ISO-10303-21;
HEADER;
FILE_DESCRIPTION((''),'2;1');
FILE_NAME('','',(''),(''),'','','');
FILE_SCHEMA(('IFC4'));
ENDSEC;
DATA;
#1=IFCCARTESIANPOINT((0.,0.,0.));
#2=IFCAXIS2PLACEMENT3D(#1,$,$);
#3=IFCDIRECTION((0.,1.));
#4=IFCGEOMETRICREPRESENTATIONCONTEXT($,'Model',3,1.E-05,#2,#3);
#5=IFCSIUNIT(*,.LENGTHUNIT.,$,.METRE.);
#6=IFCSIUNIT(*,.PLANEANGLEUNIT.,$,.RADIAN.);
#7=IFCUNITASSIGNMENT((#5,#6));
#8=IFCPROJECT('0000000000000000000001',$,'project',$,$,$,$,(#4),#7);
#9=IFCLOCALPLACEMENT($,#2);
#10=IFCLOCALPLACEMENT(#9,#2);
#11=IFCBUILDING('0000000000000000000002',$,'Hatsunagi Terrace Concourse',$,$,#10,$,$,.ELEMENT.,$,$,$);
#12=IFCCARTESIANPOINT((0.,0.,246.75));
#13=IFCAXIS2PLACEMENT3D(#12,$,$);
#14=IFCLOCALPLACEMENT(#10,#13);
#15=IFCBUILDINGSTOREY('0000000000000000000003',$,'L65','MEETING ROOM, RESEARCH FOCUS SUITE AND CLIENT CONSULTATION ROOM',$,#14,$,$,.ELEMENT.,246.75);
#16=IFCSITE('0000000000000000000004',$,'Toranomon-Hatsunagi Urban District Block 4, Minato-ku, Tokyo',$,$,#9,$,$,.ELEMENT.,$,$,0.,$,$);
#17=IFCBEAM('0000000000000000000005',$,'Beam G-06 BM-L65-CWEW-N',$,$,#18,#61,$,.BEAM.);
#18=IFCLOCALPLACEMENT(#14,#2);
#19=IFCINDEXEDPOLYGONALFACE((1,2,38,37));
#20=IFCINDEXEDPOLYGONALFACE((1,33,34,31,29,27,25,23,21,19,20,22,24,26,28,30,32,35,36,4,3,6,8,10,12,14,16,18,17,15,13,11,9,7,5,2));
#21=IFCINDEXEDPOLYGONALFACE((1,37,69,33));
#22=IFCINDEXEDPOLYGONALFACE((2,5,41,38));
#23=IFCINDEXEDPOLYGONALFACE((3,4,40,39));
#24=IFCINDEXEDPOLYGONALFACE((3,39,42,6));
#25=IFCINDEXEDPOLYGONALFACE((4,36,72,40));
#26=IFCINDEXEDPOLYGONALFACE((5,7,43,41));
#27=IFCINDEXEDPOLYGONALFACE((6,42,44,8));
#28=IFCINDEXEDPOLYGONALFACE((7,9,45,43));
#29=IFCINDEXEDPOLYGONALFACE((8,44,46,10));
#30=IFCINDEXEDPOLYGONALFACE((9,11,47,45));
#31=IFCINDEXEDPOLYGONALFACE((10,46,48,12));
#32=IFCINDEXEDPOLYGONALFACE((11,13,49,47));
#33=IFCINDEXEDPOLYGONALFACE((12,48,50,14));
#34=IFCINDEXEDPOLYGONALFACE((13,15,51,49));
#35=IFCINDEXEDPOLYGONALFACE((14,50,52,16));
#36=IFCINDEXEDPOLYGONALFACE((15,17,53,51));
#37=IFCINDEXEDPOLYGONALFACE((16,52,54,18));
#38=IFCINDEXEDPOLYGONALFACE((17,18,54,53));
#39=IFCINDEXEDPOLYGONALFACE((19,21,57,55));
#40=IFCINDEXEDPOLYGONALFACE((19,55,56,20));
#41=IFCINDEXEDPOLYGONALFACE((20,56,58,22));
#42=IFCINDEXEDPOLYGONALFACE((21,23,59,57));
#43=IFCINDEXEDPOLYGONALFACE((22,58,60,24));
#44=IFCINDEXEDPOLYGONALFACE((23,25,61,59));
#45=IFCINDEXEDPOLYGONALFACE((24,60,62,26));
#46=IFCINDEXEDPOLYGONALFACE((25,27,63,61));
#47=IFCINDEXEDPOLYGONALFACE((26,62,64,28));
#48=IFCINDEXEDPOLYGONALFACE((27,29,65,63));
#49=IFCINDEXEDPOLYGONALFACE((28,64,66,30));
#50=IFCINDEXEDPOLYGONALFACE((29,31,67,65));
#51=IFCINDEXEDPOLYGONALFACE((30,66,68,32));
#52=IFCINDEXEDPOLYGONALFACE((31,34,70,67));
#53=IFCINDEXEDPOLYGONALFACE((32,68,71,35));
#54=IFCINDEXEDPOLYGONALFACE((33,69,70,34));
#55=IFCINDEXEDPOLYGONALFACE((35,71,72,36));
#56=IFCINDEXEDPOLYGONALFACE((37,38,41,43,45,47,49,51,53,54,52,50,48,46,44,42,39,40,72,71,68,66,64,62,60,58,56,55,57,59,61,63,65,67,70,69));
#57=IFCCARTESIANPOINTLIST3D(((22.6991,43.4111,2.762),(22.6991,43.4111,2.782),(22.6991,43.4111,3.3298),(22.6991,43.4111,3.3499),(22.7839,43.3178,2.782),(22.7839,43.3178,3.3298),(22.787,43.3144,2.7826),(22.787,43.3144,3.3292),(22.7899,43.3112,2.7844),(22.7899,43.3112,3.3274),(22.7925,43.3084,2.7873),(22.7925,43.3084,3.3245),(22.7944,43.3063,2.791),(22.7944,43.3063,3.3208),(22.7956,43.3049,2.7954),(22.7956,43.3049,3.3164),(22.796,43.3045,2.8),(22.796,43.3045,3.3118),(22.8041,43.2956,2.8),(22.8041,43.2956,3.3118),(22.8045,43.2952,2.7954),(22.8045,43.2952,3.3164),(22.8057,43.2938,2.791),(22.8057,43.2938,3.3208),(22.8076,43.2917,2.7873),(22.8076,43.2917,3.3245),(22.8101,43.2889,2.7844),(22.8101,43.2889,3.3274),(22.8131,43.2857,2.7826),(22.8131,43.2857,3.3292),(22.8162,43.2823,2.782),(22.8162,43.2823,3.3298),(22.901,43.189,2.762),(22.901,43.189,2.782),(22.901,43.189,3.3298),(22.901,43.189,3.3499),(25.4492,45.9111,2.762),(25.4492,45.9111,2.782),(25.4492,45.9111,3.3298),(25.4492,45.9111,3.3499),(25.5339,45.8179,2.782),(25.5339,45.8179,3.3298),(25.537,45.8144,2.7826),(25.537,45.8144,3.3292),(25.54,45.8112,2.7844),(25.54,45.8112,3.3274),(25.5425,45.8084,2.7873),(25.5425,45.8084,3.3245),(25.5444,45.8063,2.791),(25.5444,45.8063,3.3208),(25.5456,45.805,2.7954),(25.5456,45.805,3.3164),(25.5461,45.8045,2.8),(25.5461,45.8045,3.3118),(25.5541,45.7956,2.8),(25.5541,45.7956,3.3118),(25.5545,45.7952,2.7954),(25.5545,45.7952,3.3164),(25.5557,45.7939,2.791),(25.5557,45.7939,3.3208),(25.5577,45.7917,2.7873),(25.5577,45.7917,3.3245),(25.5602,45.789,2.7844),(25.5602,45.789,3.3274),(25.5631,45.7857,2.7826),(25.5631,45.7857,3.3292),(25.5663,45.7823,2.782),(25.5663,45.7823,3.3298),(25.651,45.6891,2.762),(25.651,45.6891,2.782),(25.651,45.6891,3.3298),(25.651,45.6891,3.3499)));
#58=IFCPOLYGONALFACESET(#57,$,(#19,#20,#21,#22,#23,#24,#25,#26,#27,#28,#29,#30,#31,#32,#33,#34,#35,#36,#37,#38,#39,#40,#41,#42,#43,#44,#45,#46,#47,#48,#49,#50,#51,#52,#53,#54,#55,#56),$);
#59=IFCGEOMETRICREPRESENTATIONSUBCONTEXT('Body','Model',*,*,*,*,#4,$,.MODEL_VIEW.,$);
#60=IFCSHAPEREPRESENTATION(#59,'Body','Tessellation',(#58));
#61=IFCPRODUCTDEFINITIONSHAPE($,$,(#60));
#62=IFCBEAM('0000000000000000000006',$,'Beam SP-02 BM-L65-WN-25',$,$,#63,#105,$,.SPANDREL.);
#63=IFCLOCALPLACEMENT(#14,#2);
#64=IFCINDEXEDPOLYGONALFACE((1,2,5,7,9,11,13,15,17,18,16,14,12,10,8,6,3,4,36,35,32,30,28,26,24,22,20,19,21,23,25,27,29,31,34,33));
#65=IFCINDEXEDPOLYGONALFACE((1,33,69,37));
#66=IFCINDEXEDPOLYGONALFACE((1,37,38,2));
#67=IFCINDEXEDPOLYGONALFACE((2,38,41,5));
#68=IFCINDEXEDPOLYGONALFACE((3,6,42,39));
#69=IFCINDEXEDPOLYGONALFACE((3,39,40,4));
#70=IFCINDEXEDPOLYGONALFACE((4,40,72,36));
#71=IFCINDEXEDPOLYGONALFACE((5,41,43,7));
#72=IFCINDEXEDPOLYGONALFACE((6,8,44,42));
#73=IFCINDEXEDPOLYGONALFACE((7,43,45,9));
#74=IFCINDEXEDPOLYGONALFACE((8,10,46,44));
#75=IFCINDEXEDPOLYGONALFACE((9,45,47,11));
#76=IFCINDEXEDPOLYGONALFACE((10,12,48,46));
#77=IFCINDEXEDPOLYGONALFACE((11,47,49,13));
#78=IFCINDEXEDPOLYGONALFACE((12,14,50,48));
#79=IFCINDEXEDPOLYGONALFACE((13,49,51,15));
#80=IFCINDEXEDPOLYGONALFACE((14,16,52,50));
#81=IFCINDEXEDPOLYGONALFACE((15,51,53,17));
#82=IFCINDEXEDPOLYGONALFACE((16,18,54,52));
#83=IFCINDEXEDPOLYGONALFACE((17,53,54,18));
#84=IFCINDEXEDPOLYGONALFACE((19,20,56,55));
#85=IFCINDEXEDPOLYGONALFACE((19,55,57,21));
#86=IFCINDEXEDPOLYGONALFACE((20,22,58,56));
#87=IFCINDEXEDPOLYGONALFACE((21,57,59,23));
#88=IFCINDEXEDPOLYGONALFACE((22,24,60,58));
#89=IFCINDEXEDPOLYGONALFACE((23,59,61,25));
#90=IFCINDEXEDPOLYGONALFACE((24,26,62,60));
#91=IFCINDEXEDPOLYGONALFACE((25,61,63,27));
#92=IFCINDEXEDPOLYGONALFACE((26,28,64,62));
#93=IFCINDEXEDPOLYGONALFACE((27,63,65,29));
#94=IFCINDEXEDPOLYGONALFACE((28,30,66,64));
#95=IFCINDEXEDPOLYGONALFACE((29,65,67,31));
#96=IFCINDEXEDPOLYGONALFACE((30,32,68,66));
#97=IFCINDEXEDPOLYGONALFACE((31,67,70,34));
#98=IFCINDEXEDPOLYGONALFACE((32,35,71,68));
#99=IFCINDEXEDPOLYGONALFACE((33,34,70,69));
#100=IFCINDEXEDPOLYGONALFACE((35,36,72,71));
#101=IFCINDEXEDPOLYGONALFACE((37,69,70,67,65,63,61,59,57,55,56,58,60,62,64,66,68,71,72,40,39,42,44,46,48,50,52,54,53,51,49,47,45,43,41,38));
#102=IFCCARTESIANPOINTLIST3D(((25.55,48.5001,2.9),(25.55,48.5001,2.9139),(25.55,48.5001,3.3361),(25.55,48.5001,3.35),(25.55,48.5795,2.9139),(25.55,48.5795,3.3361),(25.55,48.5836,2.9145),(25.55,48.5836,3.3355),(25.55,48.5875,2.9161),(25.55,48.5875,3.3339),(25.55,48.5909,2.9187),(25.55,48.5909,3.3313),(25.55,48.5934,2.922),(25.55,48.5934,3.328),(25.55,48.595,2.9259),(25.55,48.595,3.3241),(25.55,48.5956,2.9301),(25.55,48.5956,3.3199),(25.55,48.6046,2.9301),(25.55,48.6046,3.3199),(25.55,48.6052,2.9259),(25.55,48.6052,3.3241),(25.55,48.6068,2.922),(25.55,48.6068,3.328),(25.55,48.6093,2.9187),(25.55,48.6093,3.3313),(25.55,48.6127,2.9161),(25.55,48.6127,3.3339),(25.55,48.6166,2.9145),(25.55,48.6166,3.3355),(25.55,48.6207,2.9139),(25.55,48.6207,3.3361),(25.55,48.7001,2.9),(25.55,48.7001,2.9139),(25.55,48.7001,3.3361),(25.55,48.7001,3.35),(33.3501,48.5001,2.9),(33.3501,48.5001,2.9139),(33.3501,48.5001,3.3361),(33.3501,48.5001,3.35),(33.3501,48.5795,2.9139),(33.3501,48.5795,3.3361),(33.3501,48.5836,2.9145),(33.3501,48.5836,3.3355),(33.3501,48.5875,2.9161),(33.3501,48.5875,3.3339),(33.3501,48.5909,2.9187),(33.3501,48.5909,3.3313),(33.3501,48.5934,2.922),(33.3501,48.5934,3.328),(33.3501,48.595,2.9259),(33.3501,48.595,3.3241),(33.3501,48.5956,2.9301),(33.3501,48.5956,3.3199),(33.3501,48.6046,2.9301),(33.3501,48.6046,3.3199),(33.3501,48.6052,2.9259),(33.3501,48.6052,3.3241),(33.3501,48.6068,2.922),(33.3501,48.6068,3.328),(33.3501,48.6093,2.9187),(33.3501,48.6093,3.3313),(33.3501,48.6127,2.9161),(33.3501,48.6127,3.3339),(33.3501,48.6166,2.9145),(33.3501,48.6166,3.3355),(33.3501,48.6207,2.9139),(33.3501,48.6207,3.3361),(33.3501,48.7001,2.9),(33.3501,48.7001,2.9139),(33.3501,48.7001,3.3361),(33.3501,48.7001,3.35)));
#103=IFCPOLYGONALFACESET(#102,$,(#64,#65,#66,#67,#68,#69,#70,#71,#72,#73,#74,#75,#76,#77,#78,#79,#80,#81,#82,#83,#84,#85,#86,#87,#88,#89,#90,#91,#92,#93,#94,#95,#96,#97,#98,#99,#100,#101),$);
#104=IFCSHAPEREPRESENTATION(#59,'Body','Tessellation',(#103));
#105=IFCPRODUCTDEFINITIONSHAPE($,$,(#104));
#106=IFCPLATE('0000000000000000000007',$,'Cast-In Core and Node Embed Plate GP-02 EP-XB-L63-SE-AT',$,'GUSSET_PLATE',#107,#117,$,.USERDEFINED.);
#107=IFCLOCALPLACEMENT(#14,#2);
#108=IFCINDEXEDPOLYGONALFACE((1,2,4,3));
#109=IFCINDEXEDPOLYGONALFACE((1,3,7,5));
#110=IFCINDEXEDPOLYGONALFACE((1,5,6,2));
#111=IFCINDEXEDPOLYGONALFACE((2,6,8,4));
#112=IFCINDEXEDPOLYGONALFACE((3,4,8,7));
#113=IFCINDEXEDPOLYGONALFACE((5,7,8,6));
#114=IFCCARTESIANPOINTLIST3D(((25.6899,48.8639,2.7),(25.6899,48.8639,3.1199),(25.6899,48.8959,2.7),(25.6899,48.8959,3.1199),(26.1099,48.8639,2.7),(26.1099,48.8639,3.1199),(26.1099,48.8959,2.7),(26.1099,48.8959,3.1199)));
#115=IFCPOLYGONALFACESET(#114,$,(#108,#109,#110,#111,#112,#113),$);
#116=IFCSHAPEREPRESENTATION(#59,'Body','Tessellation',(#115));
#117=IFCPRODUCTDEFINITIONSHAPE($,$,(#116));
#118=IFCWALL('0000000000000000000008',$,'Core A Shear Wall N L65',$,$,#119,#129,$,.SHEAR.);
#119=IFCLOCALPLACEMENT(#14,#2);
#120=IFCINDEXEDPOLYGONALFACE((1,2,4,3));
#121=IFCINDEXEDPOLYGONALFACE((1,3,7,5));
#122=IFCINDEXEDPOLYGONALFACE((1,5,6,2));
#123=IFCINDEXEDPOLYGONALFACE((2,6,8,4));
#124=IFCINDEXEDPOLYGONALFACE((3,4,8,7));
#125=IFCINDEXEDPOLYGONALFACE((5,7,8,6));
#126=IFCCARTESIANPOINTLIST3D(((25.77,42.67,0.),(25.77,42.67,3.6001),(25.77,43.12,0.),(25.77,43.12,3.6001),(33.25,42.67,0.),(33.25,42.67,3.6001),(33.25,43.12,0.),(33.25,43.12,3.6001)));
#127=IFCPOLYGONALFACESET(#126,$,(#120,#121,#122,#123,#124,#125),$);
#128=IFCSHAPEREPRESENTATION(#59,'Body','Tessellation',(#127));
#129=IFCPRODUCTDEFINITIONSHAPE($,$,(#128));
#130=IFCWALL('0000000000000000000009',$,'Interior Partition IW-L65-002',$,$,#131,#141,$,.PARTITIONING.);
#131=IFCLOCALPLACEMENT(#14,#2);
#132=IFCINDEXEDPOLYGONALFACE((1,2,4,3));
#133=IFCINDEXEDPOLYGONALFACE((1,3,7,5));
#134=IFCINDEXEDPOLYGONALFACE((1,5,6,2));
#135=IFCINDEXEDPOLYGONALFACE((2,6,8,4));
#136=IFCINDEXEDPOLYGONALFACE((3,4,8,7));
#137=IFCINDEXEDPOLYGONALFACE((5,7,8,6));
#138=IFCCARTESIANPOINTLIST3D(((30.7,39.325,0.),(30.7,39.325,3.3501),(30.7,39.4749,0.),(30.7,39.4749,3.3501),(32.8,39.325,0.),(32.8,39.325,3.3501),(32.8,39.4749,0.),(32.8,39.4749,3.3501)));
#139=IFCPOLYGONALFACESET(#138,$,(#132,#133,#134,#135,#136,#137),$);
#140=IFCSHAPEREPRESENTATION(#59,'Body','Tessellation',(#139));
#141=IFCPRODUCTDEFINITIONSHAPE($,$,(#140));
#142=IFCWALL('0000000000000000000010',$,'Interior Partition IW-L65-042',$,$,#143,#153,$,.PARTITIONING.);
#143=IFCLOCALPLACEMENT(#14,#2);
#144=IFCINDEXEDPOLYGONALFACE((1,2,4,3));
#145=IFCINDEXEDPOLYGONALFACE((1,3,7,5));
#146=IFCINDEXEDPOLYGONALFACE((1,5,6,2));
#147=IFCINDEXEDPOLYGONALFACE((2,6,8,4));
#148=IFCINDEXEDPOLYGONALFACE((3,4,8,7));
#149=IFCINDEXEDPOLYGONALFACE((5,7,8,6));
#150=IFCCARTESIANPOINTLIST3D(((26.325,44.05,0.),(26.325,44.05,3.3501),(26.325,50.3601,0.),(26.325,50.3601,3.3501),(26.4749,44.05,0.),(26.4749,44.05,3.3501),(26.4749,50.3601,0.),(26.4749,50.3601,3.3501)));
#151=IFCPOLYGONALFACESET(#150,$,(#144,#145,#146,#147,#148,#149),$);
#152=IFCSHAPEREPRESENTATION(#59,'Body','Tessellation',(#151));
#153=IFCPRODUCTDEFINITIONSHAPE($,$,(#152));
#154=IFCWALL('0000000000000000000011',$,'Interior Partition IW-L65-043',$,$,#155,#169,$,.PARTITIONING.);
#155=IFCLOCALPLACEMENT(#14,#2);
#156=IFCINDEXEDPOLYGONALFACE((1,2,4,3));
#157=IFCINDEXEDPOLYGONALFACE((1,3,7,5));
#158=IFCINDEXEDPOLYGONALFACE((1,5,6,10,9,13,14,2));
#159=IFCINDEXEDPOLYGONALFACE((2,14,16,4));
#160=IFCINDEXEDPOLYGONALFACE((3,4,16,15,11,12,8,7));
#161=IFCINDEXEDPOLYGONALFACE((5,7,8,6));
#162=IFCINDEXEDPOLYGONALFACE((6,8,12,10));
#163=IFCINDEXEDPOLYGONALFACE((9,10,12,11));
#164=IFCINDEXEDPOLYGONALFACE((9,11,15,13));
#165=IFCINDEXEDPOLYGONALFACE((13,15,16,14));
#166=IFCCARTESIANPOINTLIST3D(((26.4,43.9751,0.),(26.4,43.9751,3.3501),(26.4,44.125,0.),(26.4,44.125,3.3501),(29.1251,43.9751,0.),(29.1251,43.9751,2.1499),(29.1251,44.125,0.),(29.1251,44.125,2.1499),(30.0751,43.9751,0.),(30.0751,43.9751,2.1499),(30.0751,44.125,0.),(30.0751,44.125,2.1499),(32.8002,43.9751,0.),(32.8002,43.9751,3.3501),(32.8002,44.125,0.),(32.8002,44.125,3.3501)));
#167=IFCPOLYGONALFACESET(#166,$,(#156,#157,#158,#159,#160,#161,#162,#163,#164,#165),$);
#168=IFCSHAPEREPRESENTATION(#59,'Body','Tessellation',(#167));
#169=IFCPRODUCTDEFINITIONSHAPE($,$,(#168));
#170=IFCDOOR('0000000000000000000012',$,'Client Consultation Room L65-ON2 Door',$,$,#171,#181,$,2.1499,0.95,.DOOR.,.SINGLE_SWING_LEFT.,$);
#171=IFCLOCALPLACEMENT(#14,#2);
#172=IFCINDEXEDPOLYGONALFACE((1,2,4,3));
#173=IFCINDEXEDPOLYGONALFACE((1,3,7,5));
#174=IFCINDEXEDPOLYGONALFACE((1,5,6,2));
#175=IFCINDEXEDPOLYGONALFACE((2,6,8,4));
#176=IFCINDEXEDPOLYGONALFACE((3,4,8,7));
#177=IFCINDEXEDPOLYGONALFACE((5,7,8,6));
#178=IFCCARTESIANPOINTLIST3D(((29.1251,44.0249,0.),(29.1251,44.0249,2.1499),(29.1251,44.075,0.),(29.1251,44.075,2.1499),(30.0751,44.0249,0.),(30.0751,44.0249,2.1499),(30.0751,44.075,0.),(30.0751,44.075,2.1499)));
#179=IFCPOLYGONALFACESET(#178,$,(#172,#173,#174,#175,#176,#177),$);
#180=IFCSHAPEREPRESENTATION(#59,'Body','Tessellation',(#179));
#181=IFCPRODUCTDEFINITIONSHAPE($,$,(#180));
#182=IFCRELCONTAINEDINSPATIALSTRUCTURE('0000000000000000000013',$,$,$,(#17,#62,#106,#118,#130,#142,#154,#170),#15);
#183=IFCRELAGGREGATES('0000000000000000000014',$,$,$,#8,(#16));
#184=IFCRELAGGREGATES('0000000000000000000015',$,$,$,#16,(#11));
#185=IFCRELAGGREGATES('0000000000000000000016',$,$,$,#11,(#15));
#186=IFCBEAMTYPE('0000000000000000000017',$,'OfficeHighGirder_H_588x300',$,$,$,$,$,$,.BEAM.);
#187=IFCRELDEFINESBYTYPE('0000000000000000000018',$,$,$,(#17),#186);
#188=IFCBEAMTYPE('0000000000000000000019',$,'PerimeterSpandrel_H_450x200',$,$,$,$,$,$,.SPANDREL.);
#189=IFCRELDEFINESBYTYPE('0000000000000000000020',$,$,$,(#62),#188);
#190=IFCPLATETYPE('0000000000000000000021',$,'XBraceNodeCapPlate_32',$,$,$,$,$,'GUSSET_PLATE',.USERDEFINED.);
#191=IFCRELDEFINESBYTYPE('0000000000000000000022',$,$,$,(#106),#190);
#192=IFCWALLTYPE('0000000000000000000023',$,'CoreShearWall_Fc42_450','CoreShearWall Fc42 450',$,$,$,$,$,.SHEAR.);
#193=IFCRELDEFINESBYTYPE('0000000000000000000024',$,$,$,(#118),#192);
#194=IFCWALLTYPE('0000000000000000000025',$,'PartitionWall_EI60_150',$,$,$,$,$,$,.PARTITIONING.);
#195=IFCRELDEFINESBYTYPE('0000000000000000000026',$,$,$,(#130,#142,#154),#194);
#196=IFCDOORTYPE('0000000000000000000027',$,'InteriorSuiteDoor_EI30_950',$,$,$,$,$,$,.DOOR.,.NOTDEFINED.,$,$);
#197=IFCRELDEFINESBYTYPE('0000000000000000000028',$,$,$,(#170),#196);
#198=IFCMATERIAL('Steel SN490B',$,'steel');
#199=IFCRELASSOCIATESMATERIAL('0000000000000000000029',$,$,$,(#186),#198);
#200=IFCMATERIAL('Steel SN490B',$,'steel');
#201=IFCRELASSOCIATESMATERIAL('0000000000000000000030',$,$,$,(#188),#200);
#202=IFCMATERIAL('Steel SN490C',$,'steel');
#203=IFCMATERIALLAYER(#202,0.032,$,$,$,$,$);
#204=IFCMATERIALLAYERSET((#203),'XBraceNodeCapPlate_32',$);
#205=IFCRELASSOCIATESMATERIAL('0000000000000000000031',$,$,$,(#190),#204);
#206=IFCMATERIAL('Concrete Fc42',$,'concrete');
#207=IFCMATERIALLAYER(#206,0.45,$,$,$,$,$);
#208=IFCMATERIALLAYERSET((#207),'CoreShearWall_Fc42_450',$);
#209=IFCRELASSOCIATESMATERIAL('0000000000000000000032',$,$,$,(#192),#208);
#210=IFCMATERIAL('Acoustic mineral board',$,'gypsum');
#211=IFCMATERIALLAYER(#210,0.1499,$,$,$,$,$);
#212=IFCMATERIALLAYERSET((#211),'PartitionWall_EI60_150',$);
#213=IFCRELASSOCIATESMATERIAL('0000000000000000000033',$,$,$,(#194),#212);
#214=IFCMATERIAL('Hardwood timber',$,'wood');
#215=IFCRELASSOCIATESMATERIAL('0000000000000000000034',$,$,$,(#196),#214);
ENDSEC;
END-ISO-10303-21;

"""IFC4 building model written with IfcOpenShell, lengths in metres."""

from ifc_helpers import new_model, si_unit, direction, frame, frame_2d, origin, origin_2d, place, context, subcontext, project, spatial, rectangle, i_section, extrude, material, layer, layer_set, material_profile, profile_set, type_object, element, fill, save


model = new_model("IFC4")

# Units and contexts
model_context = context("Model", 3, precision=1e-05, world=origin(), true_north=direction((0.0, 1.0)))
body_context = subcontext(model_context, "Body", "Model", "MODEL_VIEW")
ifc_project = project(units=[si_unit("LENGTHUNIT", "METRE"), si_unit("PLANEANGLEUNIT", "RADIAN")], contexts=[model_context])

# Site, building, storey
site_placement = place(None, origin())
site = spatial("IfcSite", under=ifc_project, at=site_placement, Name="Toranomon-Hatsunagi Urban District Block 4, Minato-ku, Tokyo", CompositionType="ELEMENT", RefElevation=0.0)
building_placement = place(site_placement, origin())
building = spatial("IfcBuilding", under=site, at=building_placement, Name="Hatsunagi Terrace Concourse", CompositionType="ELEMENT")
storey_placement = place(building_placement, frame((0.0, 0.0, 246.75)))
storey = spatial("IfcBuildingStorey", under=building, at=storey_placement, Name="L65", Description="MEETING ROOM, RESEARCH FOCUS SUITE AND CLIENT CONSULTATION ROOM", CompositionType="ELEMENT", Elevation=246.75)

# Beams
ifc_material_1 = material(Name="Steel SN490B", Category="steel")
ifc_material_profile_1 = material_profile(ifc_material_1, i_section(OverallWidth=0.3, OverallDepth=0.5879, WebThickness=0.012, FlangeThickness=0.02, FilletRadius=0.0181, at=origin_2d()), Name="H-588x300x12x20")
ifc_profile_set_1 = profile_set([ifc_material_profile_1], Name="Steel SN490B")
beam_type_1 = type_object("IfcBeamType", Name="OfficeHighGirder_H_588x300", PredefinedType="BEAM", material=ifc_profile_set_1)
beam_1_placement = place(storey_placement, frame((22.8, 43.3, 3.0559), z_axis=(0.73994, 0.672673, 0.0), x_axis=(-0.672673, 0.73994, 0.0)))
element("IfcBeam", 1, at=beam_1_placement, inside=storey, type_object=beam_type_1, Name="Beam G-06 BM-L65-CWEW-N", PredefinedType="BEAM", context=body_context, shape_type="SweptSolid", body=[
    extrude(i_section(OverallWidth=0.3, OverallDepth=0.5879, WebThickness=0.012, FlangeThickness=0.02, FilletRadius=0.0181, at=origin_2d()), origin(), (0.0, 0.0, 1.0), 3.7166),
])
ifc_material_2 = material(Name="Steel SN490B", Category="steel")
ifc_material_profile_2 = material_profile(ifc_material_2, i_section(OverallWidth=0.2, OverallDepth=0.45, WebThickness=0.009, FlangeThickness=0.0139, FilletRadius=0.0161, at=origin_2d()), Name="H-450x200x9x14")
ifc_profile_set_2 = profile_set([ifc_material_profile_2], Name="Steel SN490B")
beam_type_2 = type_object("IfcBeamType", Name="PerimeterSpandrel_H_450x200", PredefinedType="SPANDREL", material=ifc_profile_set_2)
beam_2_placement = place(storey_placement, frame((25.55, 48.6001, 3.125), z_axis=(1.0, 0.0, 0.0), x_axis=(0.0, 1.0, 0.0)))
element("IfcBeam", 2, at=beam_2_placement, inside=storey, type_object=beam_type_2, Name="Beam SP-02 BM-L65-WN-25", PredefinedType="SPANDREL", context=body_context, shape_type="SweptSolid", body=[
    extrude(i_section(OverallWidth=0.2, OverallDepth=0.45, WebThickness=0.009, FlangeThickness=0.0139, FilletRadius=0.0161, at=origin_2d()), origin(), (0.0, 0.0, 1.0), 7.8),
])

# Plate
ifc_material_3 = material(Name="Steel SN490C", Category="steel")
ifc_layer_1 = layer(ifc_material_3, 0.032)
ifc_layer_set_1 = layer_set([ifc_layer_1], Name="XBraceNodeCapPlate_32")
plate_type = type_object("IfcPlateType", Name="XBraceNodeCapPlate_32", ElementType="GUSSET_PLATE", PredefinedType="USERDEFINED", material=ifc_layer_set_1)
plate_placement = place(storey_placement, frame((25.8999, 48.8799, 2.7), z_axis=(0.0, 0.0, 1.0), x_axis=(1.0, 0.0, 0.0)))
element("IfcPlate", 3, at=plate_placement, inside=storey, type_object=plate_type, Name="Cast-In Core and Node Embed Plate GP-02 EP-XB-L63-SE-AT", ObjectType="GUSSET_PLATE", PredefinedType="USERDEFINED", context=body_context, shape_type="SweptSolid", body=[
    extrude(rectangle(XDim=0.4199, YDim=0.032, at=origin_2d()), origin(), (0.0, 0.0, 1.0), 0.4199),
])

# Walls
ifc_material_4 = material(Name="Concrete Fc42", Category="concrete")
ifc_layer_2 = layer(ifc_material_4, 0.45)
ifc_layer_set_2 = layer_set([ifc_layer_2], Name="CoreShearWall_Fc42_450")
wall_type_1 = type_object("IfcWallType", Name="CoreShearWall_Fc42_450", Description="CoreShearWall Fc42 450", PredefinedType="SHEAR", material=ifc_layer_set_2)
wall_1_placement = place(storey_placement, frame((25.77, 42.895, 0.0), z_axis=(0.0, 0.0, 1.0), x_axis=(1.0, 0.0, 0.0)))
element("IfcWall", 4, at=wall_1_placement, inside=storey, type_object=wall_type_1, Name="Core A Shear Wall N L65", PredefinedType="SHEAR", context=body_context, shape_type="SweptSolid", body=[
    extrude(rectangle(XDim=7.48, YDim=0.45, at=frame_2d((3.74, 0.0))), origin(), (0.0, 0.0, 1.0), 3.6001),
])
ifc_material_5 = material(Name="Acoustic mineral board", Category="gypsum")
ifc_layer_3 = layer(ifc_material_5, 0.1499)
ifc_layer_set_3 = layer_set([ifc_layer_3], Name="PartitionWall_EI60_150")
wall_type_2 = type_object("IfcWallType", Name="PartitionWall_EI60_150", PredefinedType="PARTITIONING", material=ifc_layer_set_3)
wall_2_placement = place(storey_placement, frame((30.7, 39.3999, 0.0), z_axis=(0.0, 0.0, 1.0), x_axis=(1.0, 0.0, 0.0)))
element("IfcWall", 5, at=wall_2_placement, inside=storey, type_object=wall_type_2, Name="Interior Partition IW-L65-002", PredefinedType="PARTITIONING", context=body_context, shape_type="SweptSolid", body=[
    extrude(rectangle(XDim=2.1001, YDim=0.1499, at=frame_2d((1.05, 0.0))), origin(), (0.0, 0.0, 1.0), 3.3501),
])
wall_3_placement = place(storey_placement, frame((26.3999, 44.05, 0.0), z_axis=(0.0, 0.0, 1.0), x_axis=(0.0, 1.0, 0.0)))
element("IfcWall", 6, at=wall_3_placement, inside=storey, type_object=wall_type_2, Name="Interior Partition IW-L65-042", PredefinedType="PARTITIONING", context=body_context, shape_type="SweptSolid", body=[
    extrude(rectangle(XDim=6.3101, YDim=0.1499, at=frame_2d((3.155, 0.0))), origin(), (0.0, 0.0, 1.0), 3.3501),
])

# Wall, opening, door
wall_4_placement = place(storey_placement, frame((26.3999, 44.05, 0.0), z_axis=(0.0, 0.0, 1.0), x_axis=(1.0, 0.0, 0.0)))
wall_4 = element("IfcWall", 7, at=wall_4_placement, inside=storey, type_object=wall_type_2, Name="Interior Partition IW-L65-043", PredefinedType="PARTITIONING", context=body_context, shape_type="SweptSolid", body=[
    extrude(rectangle(XDim=6.4001, YDim=0.1499, at=frame_2d((3.2002, 0.0))), origin(), (0.0, 0.0, 1.0), 3.3501),
])
opening_placement = place(wall_4_placement, frame((2.7251, 0.0, 0.0)))
opening = element("IfcOpeningElement", 8, at=opening_placement, cuts=wall_4, PredefinedType="OPENING", context=body_context, shape_type="SweptSolid", body=[
    extrude(rectangle(XDim=0.95, YDim=2.1499, at=frame_2d((0.4751, 1.075))), frame((0.0, 0.085, 0.0), z_axis=(0.0, -1.0, 0.0), x_axis=(1.0, 0.0, 0.0)), (0.0, 0.0, 1.0), 0.1699),
])
ifc_material_6 = material(Name="Hardwood timber", Category="wood")
door_type = type_object("IfcDoorType", Name="InteriorSuiteDoor_EI30_950", OperationType="NOTDEFINED", PredefinedType="DOOR", material=ifc_material_6)
door_placement = place(opening_placement, origin())
door = element("IfcDoor", 9, at=door_placement, inside=storey, type_object=door_type, Name="Client Consultation Room L65-ON2 Door", OperationType="SINGLE_SWING_LEFT", OverallHeight=2.1499, OverallWidth=0.95, PredefinedType="DOOR", context=body_context, shape_type="SweptSolid", body=[
    extrude(rectangle(XDim=0.95, YDim=2.1499, at=frame_2d((0.4751, 1.075))), frame((0.0, 0.0249, 0.0), z_axis=(0.0, -1.0, 0.0), x_axis=(1.0, 0.0, 0.0)), (0.0, 0.0, 1.0), 0.05),
])
fill(opening, door)

save(model, "model.ifc")
